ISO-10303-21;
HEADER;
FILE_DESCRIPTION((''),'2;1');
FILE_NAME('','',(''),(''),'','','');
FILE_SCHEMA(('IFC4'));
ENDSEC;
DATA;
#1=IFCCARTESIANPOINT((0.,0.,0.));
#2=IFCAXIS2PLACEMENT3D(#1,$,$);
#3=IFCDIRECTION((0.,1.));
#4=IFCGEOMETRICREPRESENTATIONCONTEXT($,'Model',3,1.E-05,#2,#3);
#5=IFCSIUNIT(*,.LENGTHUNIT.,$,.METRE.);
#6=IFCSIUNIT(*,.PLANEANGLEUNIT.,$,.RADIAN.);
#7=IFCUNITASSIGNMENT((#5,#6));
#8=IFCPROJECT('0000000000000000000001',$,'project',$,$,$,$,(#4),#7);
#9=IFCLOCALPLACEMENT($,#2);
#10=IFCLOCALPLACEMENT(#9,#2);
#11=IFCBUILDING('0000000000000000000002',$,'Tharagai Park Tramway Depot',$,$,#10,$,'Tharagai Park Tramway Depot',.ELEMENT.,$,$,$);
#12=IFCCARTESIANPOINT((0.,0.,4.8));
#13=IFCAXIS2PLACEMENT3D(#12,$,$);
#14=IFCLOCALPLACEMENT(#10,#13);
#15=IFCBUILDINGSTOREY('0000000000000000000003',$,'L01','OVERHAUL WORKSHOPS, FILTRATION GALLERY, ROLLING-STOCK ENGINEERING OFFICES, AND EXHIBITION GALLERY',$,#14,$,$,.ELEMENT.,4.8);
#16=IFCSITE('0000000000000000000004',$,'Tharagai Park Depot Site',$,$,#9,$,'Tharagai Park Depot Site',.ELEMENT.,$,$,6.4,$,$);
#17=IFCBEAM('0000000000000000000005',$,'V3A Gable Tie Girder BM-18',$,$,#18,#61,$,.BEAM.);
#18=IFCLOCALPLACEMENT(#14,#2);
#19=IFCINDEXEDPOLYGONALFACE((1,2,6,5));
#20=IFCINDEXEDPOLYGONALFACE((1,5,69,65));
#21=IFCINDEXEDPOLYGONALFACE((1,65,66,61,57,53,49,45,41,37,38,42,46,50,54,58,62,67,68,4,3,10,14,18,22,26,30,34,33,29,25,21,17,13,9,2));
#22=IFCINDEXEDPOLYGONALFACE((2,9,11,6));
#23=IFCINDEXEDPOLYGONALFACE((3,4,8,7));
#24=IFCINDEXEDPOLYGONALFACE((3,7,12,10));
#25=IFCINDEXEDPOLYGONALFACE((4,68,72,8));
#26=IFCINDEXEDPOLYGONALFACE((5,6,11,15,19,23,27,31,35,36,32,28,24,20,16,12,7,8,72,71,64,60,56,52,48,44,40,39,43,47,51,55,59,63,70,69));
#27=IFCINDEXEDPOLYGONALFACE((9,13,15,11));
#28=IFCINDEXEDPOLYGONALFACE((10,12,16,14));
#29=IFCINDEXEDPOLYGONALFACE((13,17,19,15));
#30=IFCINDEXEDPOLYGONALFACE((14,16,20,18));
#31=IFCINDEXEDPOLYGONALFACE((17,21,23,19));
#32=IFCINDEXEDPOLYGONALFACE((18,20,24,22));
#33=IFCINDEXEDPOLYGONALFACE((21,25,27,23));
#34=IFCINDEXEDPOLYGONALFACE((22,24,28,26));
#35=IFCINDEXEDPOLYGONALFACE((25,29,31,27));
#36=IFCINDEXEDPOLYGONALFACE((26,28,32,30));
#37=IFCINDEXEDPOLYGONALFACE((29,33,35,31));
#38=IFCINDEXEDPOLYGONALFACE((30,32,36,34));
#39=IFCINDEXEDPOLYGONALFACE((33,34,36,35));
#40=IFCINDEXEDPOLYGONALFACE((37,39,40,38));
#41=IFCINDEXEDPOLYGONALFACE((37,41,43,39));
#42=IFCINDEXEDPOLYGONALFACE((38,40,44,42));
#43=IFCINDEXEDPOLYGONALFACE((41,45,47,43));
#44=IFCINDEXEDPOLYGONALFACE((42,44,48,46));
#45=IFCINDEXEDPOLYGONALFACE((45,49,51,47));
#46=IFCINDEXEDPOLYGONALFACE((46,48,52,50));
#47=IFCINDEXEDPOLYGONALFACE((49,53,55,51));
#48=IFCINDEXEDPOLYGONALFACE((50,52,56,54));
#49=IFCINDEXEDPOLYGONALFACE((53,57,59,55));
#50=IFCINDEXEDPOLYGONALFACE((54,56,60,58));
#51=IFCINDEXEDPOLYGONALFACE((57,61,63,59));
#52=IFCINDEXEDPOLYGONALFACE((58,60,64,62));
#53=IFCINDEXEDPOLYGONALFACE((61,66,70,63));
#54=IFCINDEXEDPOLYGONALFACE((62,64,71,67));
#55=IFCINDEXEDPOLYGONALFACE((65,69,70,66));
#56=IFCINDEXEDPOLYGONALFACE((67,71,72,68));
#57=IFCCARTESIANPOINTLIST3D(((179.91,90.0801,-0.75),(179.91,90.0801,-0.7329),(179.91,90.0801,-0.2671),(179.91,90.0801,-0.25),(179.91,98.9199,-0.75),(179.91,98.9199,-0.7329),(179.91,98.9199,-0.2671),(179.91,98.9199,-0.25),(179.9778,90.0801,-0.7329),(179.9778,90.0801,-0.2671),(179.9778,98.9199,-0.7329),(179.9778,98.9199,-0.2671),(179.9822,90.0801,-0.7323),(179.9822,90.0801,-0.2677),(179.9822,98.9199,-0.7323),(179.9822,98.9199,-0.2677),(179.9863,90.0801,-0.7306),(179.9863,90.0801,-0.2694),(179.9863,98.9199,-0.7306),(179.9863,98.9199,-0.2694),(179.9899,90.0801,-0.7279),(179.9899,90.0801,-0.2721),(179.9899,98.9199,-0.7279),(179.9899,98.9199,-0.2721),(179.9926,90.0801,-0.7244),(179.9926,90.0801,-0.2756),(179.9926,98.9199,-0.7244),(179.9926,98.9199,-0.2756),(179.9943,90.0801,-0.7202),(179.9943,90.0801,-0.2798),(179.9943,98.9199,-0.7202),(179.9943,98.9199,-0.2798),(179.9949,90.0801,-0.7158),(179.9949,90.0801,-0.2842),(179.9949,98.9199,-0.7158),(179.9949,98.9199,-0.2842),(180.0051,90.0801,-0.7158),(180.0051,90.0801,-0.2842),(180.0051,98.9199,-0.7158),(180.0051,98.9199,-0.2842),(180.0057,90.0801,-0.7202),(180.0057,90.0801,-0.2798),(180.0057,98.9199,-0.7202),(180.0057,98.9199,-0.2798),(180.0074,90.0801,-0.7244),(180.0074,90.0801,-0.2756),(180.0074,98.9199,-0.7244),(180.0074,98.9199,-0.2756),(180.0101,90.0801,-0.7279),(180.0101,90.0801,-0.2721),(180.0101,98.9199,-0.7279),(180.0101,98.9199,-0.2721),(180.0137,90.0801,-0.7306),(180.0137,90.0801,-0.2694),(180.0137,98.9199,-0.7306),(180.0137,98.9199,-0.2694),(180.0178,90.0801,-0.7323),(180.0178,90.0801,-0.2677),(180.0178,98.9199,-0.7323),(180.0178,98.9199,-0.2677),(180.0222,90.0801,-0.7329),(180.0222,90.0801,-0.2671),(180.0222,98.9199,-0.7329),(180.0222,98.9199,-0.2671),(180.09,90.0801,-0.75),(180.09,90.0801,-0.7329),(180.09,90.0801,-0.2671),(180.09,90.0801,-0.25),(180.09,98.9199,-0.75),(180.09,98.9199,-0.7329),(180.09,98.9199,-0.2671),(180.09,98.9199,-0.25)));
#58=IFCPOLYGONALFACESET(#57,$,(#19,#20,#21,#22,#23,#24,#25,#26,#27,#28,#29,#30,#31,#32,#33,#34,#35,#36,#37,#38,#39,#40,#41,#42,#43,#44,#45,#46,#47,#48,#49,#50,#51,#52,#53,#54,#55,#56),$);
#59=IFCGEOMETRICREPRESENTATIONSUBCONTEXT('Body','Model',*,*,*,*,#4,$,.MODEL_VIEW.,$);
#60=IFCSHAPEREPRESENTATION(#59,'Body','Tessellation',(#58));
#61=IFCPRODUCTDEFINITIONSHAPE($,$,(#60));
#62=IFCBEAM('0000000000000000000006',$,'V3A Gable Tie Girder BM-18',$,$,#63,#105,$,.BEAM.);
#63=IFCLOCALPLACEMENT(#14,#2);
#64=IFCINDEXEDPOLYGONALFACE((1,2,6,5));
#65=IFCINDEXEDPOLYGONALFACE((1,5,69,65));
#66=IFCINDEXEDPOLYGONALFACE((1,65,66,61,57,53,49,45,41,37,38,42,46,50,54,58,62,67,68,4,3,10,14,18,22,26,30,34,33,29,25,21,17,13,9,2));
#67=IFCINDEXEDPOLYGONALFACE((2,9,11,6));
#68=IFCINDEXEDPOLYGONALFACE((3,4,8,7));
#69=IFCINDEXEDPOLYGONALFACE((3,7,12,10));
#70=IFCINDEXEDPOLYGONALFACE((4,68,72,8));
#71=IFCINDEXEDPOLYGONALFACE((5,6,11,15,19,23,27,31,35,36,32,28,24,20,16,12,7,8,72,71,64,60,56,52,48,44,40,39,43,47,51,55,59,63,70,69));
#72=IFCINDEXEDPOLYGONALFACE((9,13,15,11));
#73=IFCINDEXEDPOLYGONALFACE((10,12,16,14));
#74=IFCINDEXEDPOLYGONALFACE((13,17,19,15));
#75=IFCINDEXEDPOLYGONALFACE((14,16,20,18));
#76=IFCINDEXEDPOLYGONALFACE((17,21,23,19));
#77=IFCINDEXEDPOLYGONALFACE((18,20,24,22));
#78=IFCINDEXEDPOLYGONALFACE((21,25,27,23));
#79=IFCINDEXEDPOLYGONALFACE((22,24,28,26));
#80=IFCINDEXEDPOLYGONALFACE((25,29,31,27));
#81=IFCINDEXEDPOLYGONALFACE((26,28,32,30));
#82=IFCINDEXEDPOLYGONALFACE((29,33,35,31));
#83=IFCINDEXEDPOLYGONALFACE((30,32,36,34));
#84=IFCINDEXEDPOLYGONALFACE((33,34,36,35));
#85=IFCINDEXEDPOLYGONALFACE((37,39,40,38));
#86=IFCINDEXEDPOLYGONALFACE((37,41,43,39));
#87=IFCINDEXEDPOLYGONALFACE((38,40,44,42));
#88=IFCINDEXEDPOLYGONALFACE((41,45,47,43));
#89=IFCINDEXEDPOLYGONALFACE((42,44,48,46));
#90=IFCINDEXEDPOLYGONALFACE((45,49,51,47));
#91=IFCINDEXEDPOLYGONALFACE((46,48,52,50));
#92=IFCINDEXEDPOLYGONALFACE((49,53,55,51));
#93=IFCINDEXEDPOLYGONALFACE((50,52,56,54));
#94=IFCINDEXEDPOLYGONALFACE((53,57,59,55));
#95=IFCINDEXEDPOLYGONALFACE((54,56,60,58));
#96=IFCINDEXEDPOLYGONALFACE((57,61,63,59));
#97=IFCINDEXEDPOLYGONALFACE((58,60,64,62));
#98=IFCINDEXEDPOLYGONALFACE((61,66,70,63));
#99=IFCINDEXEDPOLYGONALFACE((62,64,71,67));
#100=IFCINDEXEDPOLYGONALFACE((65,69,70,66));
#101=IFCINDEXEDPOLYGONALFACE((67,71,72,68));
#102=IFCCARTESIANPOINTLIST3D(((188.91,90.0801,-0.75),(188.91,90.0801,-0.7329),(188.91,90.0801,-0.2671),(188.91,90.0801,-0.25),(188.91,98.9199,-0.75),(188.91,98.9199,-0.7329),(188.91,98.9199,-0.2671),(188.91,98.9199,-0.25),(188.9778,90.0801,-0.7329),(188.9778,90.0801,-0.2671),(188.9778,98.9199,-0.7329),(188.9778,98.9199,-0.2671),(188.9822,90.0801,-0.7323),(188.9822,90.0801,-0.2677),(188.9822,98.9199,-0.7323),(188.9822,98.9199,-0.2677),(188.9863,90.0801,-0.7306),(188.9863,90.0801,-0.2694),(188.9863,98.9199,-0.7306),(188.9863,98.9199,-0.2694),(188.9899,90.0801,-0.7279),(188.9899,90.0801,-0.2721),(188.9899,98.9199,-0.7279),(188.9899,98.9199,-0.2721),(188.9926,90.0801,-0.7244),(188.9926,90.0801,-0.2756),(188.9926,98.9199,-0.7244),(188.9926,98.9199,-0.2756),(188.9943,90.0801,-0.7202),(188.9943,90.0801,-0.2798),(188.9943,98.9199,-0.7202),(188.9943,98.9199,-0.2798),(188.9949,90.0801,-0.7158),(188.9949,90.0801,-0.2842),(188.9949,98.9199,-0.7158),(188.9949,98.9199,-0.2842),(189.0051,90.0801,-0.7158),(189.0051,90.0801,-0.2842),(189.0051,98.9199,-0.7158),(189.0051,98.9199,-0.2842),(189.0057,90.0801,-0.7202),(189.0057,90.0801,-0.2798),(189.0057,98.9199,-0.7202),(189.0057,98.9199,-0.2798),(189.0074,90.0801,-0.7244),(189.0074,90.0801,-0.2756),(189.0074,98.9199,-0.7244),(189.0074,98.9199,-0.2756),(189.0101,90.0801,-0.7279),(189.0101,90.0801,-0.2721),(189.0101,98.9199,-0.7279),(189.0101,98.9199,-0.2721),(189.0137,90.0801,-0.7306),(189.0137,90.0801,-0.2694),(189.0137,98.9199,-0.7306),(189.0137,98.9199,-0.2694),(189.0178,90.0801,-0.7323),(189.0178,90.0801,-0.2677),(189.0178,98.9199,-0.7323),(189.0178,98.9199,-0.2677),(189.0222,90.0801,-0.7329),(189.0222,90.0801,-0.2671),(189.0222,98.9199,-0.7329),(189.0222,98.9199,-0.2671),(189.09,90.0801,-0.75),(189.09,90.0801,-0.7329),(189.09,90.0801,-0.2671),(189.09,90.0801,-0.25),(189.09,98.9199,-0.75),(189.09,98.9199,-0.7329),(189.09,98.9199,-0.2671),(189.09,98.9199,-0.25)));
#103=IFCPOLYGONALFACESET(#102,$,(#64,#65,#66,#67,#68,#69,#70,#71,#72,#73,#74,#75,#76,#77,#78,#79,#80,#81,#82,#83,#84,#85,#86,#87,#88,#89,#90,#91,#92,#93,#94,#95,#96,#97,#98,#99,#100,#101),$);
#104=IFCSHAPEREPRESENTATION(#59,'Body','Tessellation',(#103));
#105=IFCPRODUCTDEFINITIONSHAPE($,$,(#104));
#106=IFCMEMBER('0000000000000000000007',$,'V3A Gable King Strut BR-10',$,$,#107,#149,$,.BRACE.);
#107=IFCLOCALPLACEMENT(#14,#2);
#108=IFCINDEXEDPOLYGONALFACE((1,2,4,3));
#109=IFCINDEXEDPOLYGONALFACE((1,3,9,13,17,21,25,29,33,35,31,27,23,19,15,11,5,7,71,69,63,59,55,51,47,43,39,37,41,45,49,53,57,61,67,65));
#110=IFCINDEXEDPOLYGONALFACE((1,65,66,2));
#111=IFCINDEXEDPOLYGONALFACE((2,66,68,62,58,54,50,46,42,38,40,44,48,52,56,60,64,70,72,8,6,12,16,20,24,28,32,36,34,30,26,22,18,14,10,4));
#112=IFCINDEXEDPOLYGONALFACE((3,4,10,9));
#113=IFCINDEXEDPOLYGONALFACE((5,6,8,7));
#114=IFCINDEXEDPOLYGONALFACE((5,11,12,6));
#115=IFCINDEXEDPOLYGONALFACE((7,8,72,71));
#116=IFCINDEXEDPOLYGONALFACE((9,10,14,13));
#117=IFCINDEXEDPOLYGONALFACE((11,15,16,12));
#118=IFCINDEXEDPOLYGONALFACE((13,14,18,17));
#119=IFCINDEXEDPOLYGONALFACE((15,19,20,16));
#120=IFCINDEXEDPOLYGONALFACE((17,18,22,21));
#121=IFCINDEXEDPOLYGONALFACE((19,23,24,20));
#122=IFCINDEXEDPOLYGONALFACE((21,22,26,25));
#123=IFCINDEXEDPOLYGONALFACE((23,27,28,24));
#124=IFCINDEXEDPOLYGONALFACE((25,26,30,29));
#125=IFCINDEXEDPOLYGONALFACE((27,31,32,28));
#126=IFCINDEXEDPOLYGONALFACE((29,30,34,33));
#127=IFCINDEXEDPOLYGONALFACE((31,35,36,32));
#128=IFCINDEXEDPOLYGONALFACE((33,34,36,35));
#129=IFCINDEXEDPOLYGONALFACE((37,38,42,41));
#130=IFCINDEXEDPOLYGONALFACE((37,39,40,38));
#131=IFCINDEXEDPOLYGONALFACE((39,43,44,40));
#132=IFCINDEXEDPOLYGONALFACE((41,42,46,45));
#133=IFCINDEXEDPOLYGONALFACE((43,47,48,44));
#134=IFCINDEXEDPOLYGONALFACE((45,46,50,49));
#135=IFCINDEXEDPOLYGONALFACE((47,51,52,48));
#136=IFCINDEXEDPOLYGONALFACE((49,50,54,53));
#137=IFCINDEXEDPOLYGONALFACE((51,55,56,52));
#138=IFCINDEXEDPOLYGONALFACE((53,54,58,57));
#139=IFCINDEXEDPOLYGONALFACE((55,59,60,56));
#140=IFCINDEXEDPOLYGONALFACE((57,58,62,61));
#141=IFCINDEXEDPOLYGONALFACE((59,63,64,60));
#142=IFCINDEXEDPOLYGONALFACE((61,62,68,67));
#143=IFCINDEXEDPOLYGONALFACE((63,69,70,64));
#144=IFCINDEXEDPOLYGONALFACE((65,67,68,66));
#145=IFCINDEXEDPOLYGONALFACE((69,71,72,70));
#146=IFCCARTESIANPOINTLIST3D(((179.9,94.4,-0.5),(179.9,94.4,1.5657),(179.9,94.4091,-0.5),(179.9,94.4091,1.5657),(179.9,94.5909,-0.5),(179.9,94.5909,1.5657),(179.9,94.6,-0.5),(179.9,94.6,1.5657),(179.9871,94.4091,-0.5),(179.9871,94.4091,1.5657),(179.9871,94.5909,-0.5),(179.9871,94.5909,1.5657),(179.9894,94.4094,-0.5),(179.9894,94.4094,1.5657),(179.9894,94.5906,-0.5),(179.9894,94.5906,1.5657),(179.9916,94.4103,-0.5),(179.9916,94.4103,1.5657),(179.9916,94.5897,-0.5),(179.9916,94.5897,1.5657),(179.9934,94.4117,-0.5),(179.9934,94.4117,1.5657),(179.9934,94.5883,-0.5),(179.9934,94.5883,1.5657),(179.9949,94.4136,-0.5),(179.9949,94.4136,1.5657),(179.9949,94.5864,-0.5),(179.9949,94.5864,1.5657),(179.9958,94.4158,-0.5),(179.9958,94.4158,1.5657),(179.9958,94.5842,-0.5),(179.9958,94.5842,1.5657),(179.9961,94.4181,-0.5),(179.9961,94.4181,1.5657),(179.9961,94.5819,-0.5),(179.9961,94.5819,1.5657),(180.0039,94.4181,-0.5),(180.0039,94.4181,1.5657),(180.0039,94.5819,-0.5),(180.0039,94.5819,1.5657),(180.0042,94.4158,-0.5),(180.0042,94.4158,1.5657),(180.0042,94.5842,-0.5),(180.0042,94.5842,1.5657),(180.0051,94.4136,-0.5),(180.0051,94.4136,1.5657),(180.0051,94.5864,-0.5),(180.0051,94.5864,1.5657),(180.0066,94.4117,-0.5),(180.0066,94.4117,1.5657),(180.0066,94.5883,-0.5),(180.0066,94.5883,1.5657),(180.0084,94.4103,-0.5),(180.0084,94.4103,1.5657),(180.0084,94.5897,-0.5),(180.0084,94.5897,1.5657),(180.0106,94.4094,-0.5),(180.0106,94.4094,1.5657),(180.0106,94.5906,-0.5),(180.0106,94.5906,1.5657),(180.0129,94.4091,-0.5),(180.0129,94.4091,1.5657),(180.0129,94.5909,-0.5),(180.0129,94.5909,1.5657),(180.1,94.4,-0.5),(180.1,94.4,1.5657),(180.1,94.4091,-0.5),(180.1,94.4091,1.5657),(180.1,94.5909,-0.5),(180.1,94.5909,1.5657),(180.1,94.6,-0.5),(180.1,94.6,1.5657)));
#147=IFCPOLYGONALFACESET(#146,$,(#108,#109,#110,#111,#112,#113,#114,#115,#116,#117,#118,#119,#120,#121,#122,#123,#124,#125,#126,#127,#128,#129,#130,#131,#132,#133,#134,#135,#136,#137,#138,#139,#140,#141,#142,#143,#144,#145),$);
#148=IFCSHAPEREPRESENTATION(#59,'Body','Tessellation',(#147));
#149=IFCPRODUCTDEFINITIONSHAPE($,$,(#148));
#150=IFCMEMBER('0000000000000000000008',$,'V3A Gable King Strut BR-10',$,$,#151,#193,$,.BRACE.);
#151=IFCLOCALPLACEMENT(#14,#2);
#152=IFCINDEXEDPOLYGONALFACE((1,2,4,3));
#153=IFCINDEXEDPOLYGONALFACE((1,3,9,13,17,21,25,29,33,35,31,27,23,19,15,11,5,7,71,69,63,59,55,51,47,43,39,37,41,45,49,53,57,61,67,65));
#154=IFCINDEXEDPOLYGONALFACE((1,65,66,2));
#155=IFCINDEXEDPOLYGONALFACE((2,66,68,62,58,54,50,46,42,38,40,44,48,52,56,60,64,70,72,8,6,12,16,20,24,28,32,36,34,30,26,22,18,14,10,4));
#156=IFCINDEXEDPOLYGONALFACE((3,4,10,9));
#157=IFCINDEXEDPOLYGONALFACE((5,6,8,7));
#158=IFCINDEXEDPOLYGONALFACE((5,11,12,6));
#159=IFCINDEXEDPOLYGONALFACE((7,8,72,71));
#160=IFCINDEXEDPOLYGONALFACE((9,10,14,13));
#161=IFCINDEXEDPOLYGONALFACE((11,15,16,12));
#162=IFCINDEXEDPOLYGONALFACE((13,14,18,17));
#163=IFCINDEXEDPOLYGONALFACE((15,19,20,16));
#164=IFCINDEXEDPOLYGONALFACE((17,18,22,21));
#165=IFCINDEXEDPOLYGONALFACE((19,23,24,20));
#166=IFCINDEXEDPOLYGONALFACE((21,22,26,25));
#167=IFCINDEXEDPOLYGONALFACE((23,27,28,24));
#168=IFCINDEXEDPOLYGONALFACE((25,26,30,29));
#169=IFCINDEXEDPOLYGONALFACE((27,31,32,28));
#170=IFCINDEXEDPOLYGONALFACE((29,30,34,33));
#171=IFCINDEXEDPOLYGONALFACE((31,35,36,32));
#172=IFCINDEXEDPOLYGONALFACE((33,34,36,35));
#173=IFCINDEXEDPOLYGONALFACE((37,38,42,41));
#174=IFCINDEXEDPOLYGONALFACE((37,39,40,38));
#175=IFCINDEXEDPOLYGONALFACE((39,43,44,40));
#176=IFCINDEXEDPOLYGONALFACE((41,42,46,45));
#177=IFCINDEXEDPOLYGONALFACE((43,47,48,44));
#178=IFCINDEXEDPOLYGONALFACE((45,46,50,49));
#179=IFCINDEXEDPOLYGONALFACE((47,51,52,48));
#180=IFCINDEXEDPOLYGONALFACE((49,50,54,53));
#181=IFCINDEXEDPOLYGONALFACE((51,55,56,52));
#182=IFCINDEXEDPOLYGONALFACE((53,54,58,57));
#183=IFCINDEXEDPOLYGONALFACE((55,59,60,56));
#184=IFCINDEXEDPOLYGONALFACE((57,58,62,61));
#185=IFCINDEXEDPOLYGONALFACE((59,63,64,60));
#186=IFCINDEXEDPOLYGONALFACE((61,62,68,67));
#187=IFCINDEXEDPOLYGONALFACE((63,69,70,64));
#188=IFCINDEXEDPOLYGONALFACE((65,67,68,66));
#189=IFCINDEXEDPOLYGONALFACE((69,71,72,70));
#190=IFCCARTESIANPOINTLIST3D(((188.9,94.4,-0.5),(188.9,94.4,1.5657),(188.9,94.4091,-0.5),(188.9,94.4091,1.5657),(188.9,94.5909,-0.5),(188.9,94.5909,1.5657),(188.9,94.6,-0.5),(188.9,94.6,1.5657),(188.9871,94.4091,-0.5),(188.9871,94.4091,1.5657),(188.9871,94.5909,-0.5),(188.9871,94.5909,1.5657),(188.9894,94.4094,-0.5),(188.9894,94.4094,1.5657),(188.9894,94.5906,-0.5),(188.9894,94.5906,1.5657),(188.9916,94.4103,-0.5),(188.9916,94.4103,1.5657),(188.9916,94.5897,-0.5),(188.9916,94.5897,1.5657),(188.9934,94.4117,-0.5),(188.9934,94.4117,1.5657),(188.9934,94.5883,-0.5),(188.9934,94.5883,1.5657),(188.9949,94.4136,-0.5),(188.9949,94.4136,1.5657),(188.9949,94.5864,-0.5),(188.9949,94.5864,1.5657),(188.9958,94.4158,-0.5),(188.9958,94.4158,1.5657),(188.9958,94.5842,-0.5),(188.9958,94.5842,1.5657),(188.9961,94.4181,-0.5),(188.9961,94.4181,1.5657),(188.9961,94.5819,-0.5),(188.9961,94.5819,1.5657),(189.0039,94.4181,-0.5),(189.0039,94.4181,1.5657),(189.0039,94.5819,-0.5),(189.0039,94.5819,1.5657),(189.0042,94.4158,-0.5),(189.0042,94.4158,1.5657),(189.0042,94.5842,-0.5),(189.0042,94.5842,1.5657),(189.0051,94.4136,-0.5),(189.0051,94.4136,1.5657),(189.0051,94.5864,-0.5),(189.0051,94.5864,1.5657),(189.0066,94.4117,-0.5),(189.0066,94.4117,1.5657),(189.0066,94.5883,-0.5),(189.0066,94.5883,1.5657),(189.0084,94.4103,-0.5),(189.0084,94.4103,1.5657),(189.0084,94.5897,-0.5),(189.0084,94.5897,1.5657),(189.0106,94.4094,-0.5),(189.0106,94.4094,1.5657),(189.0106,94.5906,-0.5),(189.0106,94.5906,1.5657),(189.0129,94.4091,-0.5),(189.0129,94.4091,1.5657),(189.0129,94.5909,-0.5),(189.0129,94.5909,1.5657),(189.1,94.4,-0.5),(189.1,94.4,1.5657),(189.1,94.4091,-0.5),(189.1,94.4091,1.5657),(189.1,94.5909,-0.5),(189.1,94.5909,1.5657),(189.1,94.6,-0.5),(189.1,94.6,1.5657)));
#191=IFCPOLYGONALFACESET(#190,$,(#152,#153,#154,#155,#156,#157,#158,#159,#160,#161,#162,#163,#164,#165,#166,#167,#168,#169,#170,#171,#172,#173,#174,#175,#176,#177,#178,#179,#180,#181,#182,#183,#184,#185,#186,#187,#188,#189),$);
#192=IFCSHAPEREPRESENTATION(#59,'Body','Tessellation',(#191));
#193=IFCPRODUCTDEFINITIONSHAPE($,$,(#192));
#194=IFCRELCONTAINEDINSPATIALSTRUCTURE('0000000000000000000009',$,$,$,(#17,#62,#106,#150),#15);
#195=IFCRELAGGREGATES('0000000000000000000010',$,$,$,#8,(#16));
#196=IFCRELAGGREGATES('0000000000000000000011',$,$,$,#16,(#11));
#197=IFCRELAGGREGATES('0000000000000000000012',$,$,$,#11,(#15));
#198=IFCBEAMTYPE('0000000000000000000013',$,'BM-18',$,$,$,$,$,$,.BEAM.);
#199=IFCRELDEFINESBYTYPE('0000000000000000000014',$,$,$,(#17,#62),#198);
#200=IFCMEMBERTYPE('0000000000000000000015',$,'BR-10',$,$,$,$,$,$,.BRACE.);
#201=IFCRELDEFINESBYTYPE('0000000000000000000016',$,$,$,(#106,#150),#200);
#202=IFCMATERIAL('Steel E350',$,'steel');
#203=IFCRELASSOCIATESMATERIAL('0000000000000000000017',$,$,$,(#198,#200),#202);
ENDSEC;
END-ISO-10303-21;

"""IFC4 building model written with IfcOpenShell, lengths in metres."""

from ifc_helpers import new_model, si_unit, direction, frame, origin, origin_2d, place, context, subcontext, project, spatial, i_section, extrude, material, material_profile, profile_set, type_object, element, save


model = new_model("IFC4")

# Units and contexts
model_context = context("Model", 3, precision=1e-05, world=origin(), true_north=direction((0.0, 1.0)))
body_context = subcontext(model_context, "Body", "Model", "MODEL_VIEW")
ifc_project = project(units=[si_unit("LENGTHUNIT", "METRE"), si_unit("PLANEANGLEUNIT", "RADIAN")], contexts=[model_context])

# Site, building, storey
site_placement = place(None, origin())
site = spatial("IfcSite", under=ifc_project, at=site_placement, Name="Tharagai Park Depot Site", LongName="Tharagai Park Depot Site", CompositionType="ELEMENT", RefElevation=6.4)
building_placement = place(site_placement, origin())
building = spatial("IfcBuilding", under=site, at=building_placement, Name="Tharagai Park Tramway Depot", LongName="Tharagai Park Tramway Depot", CompositionType="ELEMENT")
storey_placement = place(building_placement, frame((0.0, 0.0, 4.8)))
storey = spatial("IfcBuildingStorey", under=building, at=storey_placement, Name="L01", Description="OVERHAUL WORKSHOPS, FILTRATION GALLERY, ROLLING-STOCK ENGINEERING OFFICES, AND EXHIBITION GALLERY", CompositionType="ELEMENT", Elevation=4.8)

# Beams
ifc_material_1 = material(Name="Steel E350", Category="steel")
ifc_material_profile_1 = material_profile(ifc_material_1, i_section(OverallWidth=0.1799, OverallDepth=0.5, WebThickness=0.0103, FlangeThickness=0.0171, FilletRadius=0.0171, at=origin_2d()), Name="ISMB 500")
ifc_profile_set_1 = profile_set([ifc_material_profile_1], Name="Steel E350")
beam_type_1 = type_object("IfcBeamType", Name="BM-18", PredefinedType="BEAM", material=ifc_profile_set_1)
for number, where, z_axis, x_axis, name in (
    (1, (180.0, 90.0801, -0.5), (0.0, 1.0, 0.0), (-1.0, 0.0, 0.0), "V3A Gable Tie Girder BM-18"),
    (2, (189.0, 90.0801, -0.5), (0.0, 1.0, 0.0), (-1.0, 0.0, 0.0), "V3A Gable Tie Girder BM-18"),
):
    element("IfcBeam", number, at=place(storey_placement, frame(where, z_axis=z_axis, x_axis=x_axis)), inside=storey, type_object=beam_type_1, Name=name, PredefinedType="BEAM", context=body_context, shape_type="SweptSolid", body=[
        extrude(i_section(OverallWidth=0.1799, OverallDepth=0.5, WebThickness=0.0103, FlangeThickness=0.0171, FilletRadius=0.0171, at=origin_2d()), origin(), (0.0, 0.0, 1.0), 8.8398),
    ])

# Members
ifc_material_profile_2 = material_profile(ifc_material_1, i_section(OverallWidth=0.2, OverallDepth=0.2, WebThickness=0.0078, FlangeThickness=0.009, FilletRadius=0.009, at=origin_2d()), Name="ISHB 200")
ifc_profile_set_2 = profile_set([ifc_material_profile_2], Name="Steel E350")
member_type_1 = type_object("IfcMemberType", Name="BR-10", PredefinedType="BRACE", material=ifc_profile_set_2)
for number, where, z_axis, x_axis, name in (
    (3, (180.0, 94.5, -0.5), (0.0, 0.0, 1.0), (1.0, 0.0, 0.0), "V3A Gable King Strut BR-10"),
    (4, (189.0, 94.5, -0.5), (0.0, 0.0, 1.0), (1.0, 0.0, 0.0), "V3A Gable King Strut BR-10"),
):
    element("IfcMember", number, at=place(storey_placement, frame(where, z_axis=z_axis, x_axis=x_axis)), inside=storey, type_object=member_type_1, Name=name, PredefinedType="BRACE", context=body_context, shape_type="SweptSolid", body=[
        extrude(i_section(OverallWidth=0.2, OverallDepth=0.2, WebThickness=0.0078, FlangeThickness=0.009, FilletRadius=0.009, at=origin_2d()), origin(), (0.0, 0.0, 1.0), 2.0657),
    ])

save(model, "model.ifc")
